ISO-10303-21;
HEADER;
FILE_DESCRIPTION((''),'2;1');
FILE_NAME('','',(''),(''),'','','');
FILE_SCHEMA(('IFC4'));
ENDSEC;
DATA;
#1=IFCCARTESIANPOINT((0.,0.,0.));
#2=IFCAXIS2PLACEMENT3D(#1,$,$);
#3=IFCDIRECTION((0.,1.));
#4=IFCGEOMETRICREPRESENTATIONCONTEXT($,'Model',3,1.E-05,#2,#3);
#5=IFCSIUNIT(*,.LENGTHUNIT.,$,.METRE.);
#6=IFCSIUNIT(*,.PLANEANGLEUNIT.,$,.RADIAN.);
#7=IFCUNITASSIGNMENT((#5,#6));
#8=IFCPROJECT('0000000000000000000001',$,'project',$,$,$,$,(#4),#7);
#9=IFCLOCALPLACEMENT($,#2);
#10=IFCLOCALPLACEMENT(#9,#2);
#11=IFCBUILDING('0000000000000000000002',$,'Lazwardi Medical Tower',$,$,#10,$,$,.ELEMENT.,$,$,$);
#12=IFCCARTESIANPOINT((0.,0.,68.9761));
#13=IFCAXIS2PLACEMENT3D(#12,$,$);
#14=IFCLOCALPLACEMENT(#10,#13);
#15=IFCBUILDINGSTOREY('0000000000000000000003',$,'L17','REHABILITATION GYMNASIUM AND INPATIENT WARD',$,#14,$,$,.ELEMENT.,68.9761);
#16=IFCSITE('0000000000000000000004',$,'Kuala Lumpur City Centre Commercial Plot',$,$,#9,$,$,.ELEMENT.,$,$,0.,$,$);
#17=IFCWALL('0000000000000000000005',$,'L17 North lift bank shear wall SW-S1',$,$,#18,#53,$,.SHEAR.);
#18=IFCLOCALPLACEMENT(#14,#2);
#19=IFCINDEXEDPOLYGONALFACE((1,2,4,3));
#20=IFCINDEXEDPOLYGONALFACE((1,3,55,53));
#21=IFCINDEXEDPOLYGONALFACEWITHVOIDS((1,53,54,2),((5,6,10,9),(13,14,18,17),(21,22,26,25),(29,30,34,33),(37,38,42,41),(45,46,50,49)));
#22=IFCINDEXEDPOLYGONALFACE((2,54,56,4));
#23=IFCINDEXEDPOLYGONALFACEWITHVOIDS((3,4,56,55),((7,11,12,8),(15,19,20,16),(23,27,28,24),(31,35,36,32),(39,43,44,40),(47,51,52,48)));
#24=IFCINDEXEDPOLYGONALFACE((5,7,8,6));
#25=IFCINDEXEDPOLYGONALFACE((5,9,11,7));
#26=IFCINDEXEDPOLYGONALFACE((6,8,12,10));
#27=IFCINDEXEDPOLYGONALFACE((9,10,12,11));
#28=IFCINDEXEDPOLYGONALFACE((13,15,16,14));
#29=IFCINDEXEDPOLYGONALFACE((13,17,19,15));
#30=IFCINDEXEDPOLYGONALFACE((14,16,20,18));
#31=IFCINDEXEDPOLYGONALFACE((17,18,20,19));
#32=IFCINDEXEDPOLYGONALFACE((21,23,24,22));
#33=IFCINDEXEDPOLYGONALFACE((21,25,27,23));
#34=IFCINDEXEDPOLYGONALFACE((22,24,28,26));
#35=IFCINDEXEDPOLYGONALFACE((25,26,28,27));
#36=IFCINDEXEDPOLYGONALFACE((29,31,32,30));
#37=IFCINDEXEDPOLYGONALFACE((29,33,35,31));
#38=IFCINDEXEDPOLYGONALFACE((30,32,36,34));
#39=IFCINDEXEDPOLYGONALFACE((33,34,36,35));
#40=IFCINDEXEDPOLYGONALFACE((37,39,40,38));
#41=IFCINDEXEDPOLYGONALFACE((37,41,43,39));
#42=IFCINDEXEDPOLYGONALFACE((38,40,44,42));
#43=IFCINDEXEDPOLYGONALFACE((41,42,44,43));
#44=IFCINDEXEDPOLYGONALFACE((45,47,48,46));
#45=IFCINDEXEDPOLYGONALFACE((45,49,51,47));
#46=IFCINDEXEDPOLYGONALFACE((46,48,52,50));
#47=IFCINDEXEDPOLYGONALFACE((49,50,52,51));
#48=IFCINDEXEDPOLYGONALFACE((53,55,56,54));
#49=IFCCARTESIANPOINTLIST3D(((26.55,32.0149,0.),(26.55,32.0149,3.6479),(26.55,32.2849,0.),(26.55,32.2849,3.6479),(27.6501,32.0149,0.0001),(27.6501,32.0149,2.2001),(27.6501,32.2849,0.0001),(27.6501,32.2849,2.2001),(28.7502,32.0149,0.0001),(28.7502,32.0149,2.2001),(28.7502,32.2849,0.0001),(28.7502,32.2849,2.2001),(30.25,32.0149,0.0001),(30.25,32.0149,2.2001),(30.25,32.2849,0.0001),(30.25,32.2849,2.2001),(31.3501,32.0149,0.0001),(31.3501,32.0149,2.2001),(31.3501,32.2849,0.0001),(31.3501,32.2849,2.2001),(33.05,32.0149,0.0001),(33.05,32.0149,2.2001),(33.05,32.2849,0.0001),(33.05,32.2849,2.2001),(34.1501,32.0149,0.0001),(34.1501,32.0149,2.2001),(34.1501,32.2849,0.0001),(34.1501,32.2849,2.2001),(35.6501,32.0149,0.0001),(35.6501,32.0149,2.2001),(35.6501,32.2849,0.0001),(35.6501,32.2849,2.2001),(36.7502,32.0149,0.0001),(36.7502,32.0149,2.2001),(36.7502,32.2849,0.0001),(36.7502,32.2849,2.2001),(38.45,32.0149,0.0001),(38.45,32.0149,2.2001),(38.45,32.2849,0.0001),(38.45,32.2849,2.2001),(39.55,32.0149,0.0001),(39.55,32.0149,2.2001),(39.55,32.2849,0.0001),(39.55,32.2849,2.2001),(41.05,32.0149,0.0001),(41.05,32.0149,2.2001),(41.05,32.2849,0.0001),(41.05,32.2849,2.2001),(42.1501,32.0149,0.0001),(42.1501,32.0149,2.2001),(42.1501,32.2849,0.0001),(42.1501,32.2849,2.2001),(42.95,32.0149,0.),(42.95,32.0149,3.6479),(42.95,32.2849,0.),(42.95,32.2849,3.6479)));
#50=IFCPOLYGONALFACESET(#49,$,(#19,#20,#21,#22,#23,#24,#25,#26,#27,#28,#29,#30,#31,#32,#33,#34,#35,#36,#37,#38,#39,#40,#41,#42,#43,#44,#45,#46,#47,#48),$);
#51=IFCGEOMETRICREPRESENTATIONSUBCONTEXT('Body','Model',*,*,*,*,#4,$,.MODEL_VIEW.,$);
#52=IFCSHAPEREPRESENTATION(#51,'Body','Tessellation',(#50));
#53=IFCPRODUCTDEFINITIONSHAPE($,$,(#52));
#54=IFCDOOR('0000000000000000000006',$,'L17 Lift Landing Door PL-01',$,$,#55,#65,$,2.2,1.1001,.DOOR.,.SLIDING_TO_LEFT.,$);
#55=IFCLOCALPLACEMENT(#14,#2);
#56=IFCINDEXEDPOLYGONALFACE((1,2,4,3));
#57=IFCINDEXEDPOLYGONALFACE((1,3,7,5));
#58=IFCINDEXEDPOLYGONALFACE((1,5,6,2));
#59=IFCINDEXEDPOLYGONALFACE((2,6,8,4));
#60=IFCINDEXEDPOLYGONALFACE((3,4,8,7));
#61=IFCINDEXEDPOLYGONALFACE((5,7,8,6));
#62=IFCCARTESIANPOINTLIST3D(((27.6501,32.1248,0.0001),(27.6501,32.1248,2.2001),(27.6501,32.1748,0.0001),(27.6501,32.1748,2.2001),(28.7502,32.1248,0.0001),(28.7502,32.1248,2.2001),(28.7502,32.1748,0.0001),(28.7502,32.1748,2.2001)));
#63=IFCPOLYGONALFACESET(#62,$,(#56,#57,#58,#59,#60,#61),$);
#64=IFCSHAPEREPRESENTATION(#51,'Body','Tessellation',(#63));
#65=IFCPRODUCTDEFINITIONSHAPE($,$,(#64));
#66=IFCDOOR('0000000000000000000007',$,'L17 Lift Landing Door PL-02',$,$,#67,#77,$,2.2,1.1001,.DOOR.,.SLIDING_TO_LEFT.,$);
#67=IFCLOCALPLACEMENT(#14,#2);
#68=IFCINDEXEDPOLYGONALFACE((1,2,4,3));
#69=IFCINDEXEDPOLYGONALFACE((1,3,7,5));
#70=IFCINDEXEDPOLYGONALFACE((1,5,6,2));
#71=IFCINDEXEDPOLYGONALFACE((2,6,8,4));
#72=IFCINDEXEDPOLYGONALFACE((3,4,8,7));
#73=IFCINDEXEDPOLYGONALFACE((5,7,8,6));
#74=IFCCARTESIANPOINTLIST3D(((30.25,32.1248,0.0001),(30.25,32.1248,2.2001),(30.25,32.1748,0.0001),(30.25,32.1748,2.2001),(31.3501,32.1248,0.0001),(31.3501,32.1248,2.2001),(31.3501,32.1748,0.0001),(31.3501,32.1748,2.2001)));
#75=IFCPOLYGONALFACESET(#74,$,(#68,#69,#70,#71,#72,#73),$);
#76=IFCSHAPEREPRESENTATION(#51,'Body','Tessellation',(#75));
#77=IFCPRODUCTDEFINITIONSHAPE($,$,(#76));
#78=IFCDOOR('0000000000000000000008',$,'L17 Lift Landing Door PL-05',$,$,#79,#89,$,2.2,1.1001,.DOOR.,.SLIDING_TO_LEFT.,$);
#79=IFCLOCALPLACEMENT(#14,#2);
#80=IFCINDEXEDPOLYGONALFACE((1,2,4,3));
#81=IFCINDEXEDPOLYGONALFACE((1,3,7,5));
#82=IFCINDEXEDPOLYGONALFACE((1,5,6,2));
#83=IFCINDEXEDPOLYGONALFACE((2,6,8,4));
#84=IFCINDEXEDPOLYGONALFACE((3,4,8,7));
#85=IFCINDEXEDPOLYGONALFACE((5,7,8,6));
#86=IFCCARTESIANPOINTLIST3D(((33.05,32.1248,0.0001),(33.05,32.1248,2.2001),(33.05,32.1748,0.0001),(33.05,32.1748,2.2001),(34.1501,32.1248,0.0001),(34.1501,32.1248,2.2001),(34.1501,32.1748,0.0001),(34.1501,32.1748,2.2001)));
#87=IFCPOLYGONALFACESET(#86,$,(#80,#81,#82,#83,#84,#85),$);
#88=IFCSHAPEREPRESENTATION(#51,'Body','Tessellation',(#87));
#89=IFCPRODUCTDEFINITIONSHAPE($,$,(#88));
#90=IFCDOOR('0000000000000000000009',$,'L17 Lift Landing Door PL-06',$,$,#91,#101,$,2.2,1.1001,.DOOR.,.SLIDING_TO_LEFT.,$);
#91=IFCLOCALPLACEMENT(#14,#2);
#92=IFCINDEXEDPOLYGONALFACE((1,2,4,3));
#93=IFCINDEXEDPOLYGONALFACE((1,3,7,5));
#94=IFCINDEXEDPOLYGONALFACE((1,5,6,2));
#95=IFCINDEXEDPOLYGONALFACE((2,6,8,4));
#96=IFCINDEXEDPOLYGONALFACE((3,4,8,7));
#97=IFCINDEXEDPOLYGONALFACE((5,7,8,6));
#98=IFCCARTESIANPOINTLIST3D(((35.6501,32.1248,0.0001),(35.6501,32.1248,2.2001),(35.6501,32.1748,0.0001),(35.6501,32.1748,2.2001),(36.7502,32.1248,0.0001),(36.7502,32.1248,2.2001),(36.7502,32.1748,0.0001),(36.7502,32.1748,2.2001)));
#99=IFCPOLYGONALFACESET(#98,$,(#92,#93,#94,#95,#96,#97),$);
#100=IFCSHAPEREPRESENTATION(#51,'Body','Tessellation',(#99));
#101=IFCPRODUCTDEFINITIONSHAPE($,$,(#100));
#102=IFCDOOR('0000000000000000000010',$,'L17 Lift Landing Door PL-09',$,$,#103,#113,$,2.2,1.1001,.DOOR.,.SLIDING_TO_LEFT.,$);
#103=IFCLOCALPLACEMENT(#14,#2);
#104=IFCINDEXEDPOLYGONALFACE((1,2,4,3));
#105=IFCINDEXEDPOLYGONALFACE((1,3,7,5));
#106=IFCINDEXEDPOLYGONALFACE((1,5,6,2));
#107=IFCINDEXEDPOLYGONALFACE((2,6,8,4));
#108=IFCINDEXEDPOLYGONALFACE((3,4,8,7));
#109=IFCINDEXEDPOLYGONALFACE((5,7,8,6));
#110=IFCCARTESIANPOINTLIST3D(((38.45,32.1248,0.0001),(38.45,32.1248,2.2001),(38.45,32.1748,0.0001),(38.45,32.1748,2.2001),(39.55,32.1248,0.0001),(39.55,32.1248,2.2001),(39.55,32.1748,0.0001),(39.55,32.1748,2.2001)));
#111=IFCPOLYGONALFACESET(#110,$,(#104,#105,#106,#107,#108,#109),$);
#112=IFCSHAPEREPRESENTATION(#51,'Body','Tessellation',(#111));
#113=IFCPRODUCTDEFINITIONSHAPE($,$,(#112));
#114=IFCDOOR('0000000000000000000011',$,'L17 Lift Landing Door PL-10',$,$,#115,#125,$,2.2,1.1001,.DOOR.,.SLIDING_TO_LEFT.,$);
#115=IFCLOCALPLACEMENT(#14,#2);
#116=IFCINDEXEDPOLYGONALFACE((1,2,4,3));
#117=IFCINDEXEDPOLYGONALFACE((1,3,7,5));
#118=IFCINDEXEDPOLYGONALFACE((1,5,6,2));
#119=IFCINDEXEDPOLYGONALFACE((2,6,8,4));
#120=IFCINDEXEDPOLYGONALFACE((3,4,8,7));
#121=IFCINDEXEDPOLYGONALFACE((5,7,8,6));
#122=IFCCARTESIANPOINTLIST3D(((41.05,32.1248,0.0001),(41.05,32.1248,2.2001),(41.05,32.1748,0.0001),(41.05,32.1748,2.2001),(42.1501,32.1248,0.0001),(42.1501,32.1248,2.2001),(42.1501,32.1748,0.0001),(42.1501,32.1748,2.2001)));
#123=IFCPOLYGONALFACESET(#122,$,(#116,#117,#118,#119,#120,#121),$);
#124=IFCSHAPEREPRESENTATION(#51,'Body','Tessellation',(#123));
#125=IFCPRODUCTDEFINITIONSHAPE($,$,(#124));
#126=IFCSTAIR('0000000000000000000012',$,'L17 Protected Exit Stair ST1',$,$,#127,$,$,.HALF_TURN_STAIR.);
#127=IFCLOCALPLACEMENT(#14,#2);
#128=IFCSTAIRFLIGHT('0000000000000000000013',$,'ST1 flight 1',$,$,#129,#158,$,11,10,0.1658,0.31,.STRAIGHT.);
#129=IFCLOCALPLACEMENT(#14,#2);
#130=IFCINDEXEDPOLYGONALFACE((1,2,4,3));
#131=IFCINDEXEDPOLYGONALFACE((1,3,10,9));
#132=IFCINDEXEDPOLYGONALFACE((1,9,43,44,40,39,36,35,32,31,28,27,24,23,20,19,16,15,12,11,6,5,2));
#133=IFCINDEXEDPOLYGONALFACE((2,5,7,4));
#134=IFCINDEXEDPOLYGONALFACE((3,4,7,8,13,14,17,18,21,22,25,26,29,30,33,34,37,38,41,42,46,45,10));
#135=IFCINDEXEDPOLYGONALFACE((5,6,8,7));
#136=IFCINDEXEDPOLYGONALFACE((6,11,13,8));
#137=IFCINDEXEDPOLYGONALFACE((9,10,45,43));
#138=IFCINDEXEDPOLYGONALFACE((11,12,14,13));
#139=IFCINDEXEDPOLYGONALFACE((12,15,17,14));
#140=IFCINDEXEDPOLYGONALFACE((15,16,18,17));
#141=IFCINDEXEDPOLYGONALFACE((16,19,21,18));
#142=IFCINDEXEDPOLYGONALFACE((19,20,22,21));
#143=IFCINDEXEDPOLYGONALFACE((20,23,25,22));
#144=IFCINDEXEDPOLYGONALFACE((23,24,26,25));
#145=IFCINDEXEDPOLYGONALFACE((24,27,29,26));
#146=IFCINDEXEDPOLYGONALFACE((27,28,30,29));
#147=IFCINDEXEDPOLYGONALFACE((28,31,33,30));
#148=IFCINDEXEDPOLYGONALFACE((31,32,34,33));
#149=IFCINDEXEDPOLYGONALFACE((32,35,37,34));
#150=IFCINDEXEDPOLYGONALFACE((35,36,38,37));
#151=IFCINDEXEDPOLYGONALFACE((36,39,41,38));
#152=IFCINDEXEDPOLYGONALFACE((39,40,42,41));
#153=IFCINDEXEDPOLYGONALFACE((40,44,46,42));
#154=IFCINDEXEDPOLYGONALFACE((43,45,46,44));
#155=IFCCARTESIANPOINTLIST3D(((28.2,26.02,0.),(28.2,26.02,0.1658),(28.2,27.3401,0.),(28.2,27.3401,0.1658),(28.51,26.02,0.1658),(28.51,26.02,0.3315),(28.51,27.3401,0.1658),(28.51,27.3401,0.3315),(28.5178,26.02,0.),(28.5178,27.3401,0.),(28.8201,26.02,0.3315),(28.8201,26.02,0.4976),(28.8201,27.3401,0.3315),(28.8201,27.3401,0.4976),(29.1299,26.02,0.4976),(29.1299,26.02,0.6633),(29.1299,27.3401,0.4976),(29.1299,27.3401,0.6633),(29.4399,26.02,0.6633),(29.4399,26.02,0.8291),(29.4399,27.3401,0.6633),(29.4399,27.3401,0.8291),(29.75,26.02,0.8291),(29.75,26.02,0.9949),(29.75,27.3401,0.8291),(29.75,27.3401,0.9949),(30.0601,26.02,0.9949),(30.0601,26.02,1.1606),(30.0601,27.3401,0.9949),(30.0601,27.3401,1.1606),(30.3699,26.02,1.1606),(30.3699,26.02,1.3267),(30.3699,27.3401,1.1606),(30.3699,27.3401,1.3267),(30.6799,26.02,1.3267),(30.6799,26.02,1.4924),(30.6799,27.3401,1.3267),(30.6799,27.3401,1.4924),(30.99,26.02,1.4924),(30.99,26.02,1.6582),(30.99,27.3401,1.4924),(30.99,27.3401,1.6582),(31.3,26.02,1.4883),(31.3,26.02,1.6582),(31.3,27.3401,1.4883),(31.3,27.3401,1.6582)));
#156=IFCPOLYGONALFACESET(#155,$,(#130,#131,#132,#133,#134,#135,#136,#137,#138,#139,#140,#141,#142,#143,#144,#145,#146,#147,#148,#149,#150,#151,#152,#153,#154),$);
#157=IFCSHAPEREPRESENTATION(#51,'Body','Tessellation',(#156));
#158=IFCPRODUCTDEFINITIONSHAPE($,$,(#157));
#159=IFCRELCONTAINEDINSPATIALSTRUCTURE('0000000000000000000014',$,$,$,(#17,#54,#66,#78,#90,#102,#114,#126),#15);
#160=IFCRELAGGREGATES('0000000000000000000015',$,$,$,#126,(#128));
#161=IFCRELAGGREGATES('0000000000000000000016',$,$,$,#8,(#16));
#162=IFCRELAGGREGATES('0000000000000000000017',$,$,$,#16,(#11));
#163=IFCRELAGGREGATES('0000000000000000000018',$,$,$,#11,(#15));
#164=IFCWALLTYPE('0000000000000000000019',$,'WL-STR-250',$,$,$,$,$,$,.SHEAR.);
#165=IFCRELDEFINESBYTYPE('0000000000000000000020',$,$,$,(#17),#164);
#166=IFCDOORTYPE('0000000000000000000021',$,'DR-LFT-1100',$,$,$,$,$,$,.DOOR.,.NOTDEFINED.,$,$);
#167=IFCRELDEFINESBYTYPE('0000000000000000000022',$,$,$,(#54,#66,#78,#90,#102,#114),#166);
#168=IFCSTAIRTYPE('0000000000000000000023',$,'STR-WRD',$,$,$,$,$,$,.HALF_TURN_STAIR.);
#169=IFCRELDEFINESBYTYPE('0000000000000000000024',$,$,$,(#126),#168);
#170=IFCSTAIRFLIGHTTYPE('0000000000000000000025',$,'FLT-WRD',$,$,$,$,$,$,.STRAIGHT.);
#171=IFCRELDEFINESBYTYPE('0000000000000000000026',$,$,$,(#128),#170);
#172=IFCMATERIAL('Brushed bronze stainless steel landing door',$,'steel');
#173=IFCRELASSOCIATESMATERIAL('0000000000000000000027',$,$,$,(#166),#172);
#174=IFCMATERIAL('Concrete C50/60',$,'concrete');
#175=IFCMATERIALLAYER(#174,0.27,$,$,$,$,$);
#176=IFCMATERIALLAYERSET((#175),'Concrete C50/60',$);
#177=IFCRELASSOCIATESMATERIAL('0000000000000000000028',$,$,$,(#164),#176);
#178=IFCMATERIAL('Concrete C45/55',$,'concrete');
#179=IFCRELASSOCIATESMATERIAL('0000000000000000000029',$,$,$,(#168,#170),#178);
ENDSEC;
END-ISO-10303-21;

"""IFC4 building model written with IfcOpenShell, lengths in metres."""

from ifc_helpers import new_model, si_unit, direction, frame, frame_2d, origin, place, context, subcontext, project, spatial, polyline, rectangle, outline, extrude, material, layer, layer_set, type_object, element, fill, aggregate, save


model = new_model("IFC4")

# Units and contexts
model_context = context("Model", 3, precision=1e-05, world=origin(), true_north=direction((0.0, 1.0)))
body_context = subcontext(model_context, "Body", "Model", "MODEL_VIEW")
ifc_project = project(units=[si_unit("LENGTHUNIT", "METRE"), si_unit("PLANEANGLEUNIT", "RADIAN")], contexts=[model_context])

# Site, building, storey
site_placement = place(None, origin())
site = spatial("IfcSite", under=ifc_project, at=site_placement, Name="Kuala Lumpur City Centre Commercial Plot", CompositionType="ELEMENT", RefElevation=0.0)
building_placement = place(site_placement, origin())
building = spatial("IfcBuilding", under=site, at=building_placement, Name="Lazwardi Medical Tower", CompositionType="ELEMENT")
storey_placement = place(building_placement, frame((0.0, 0.0, 68.9761)))
storey = spatial("IfcBuildingStorey", under=building, at=storey_placement, Name="L17", Description="REHABILITATION GYMNASIUM AND INPATIENT WARD", CompositionType="ELEMENT", Elevation=68.9761)

# Shared definitions
ifc_material_1 = material(Name="Brushed bronze stainless steel landing door", Category="steel")
door_type_1 = type_object("IfcDoorType", Name="DR-LFT-1100", OperationType="NOTDEFINED", PredefinedType="DOOR", material=ifc_material_1)

# Shared definitions
ifc_material_2 = material(Name="Concrete C50/60", Category="concrete")
ifc_layer_1 = layer(ifc_material_2, 0.27)
ifc_layer_set_1 = layer_set([ifc_layer_1], Name="Concrete C50/60")
wall_type_1 = type_object("IfcWallType", Name="WL-STR-250", PredefinedType="SHEAR", material=ifc_layer_set_1)

# Wall, openings, doors
wall_1_placement = place(storey_placement, frame((26.55, 32.1499, 0.0), z_axis=(0.0, 0.0, 1.0), x_axis=(1.0, 0.0, 0.0)))
wall_1 = element("IfcWall", 1, at=wall_1_placement, inside=storey, type_object=wall_type_1, Name="L17 North lift bank shear wall SW-S1", PredefinedType="SHEAR", context=body_context, shape_type="SweptSolid", body=[
    extrude(rectangle(XDim=16.3999, YDim=0.27, at=frame_2d((8.2, 0.0))), origin(), (0.0, 0.0, 1.0), 3.6479),
])
opening_1_placement = place(wall_1_placement, frame((1.1001, 0.0, 0.0)))
opening_1 = element("IfcOpeningElement", 2, at=opening_1_placement, cuts=wall_1, PredefinedType="OPENING", context=body_context, shape_type="SweptSolid", body=[
    extrude(rectangle(XDim=1.1001, YDim=2.2, at=frame_2d((0.55, 1.1001))), frame((0.0, 0.145, 0.0), z_axis=(0.0, -1.0, 0.0), x_axis=(1.0, 0.0, 0.0)), (0.0, 0.0, 1.0), 0.29),
])
opening_2_placement = place(wall_1_placement, frame((3.7, 0.0, 0.0)))
opening_2 = element("IfcOpeningElement", 3, at=opening_2_placement, cuts=wall_1, PredefinedType="OPENING", context=body_context, shape_type="SweptSolid", body=[
    extrude(rectangle(XDim=1.1001, YDim=2.2, at=frame_2d((0.55, 1.1001))), frame((0.0, 0.145, 0.0), z_axis=(0.0, -1.0, 0.0), x_axis=(1.0, 0.0, 0.0)), (0.0, 0.0, 1.0), 0.29),
])
opening_3_placement = place(wall_1_placement, frame((6.5, 0.0, 0.0)))
opening_3 = element("IfcOpeningElement", 4, at=opening_3_placement, cuts=wall_1, PredefinedType="OPENING", context=body_context, shape_type="SweptSolid", body=[
    extrude(rectangle(XDim=1.1001, YDim=2.2, at=frame_2d((0.55, 1.1001))), frame((0.0, 0.145, 0.0), z_axis=(0.0, -1.0, 0.0), x_axis=(1.0, 0.0, 0.0)), (0.0, 0.0, 1.0), 0.29),
])
opening_4_placement = place(wall_1_placement, frame((9.1001, 0.0, 0.0)))
opening_4 = element("IfcOpeningElement", 5, at=opening_4_placement, cuts=wall_1, PredefinedType="OPENING", context=body_context, shape_type="SweptSolid", body=[
    extrude(rectangle(XDim=1.1001, YDim=2.2, at=frame_2d((0.55, 1.1001))), frame((0.0, 0.145, 0.0), z_axis=(0.0, -1.0, 0.0), x_axis=(1.0, 0.0, 0.0)), (0.0, 0.0, 1.0), 0.29),
])
opening_5_placement = place(wall_1_placement, frame((11.8999, 0.0, 0.0)))
opening_5 = element("IfcOpeningElement", 6, at=opening_5_placement, cuts=wall_1, PredefinedType="OPENING", context=body_context, shape_type="SweptSolid", body=[
    extrude(rectangle(XDim=1.1001, YDim=2.2, at=frame_2d((0.55, 1.1001))), frame((0.0, 0.145, 0.0), z_axis=(0.0, -1.0, 0.0), x_axis=(1.0, 0.0, 0.0)), (0.0, 0.0, 1.0), 0.29),
])
opening_6_placement = place(wall_1_placement, frame((14.5, 0.0, 0.0)))
opening_6 = element("IfcOpeningElement", 7, at=opening_6_placement, cuts=wall_1, PredefinedType="OPENING", context=body_context, shape_type="SweptSolid", body=[
    extrude(rectangle(XDim=1.1001, YDim=2.2, at=frame_2d((0.55, 1.1001))), frame((0.0, 0.145, 0.0), z_axis=(0.0, -1.0, 0.0), x_axis=(1.0, 0.0, 0.0)), (0.0, 0.0, 1.0), 0.29),
])
door_1_placement = place(opening_1_placement, origin())
door_1 = element("IfcDoor", 8, at=door_1_placement, inside=storey, type_object=door_type_1, Name="L17 Lift Landing Door PL-01", OperationType="SLIDING_TO_LEFT", OverallHeight=2.2, OverallWidth=1.1001, PredefinedType="DOOR", context=body_context, shape_type="SweptSolid", body=[
    extrude(rectangle(XDim=1.1001, YDim=2.2, at=frame_2d((0.55, 1.1001))), frame((0.0, 0.0249, 0.0), z_axis=(0.0, -1.0, 0.0), x_axis=(1.0, 0.0, 0.0)), (0.0, 0.0, 1.0), 0.05),
])
fill(opening_1, door_1)
door_2_placement = place(opening_2_placement, origin())
door_2 = element("IfcDoor", 9, at=door_2_placement, inside=storey, type_object=door_type_1, Name="L17 Lift Landing Door PL-02", OperationType="SLIDING_TO_LEFT", OverallHeight=2.2, OverallWidth=1.1001, PredefinedType="DOOR", context=body_context, shape_type="SweptSolid", body=[
    extrude(rectangle(XDim=1.1001, YDim=2.2, at=frame_2d((0.55, 1.1001))), frame((0.0, 0.0249, 0.0), z_axis=(0.0, -1.0, 0.0), x_axis=(1.0, 0.0, 0.0)), (0.0, 0.0, 1.0), 0.05),
])
fill(opening_2, door_2)
door_3_placement = place(opening_3_placement, origin())
door_3 = element("IfcDoor", 10, at=door_3_placement, inside=storey, type_object=door_type_1, Name="L17 Lift Landing Door PL-05", OperationType="SLIDING_TO_LEFT", OverallHeight=2.2, OverallWidth=1.1001, PredefinedType="DOOR", context=body_context, shape_type="SweptSolid", body=[
    extrude(rectangle(XDim=1.1001, YDim=2.2, at=frame_2d((0.55, 1.1001))), frame((0.0, 0.0249, 0.0), z_axis=(0.0, -1.0, 0.0), x_axis=(1.0, 0.0, 0.0)), (0.0, 0.0, 1.0), 0.05),
])
fill(opening_3, door_3)
door_4_placement = place(opening_4_placement, origin())
door_4 = element("IfcDoor", 11, at=door_4_placement, inside=storey, type_object=door_type_1, Name="L17 Lift Landing Door PL-06", OperationType="SLIDING_TO_LEFT", OverallHeight=2.2, OverallWidth=1.1001, PredefinedType="DOOR", context=body_context, shape_type="SweptSolid", body=[
    extrude(rectangle(XDim=1.1001, YDim=2.2, at=frame_2d((0.55, 1.1001))), frame((0.0, 0.0249, 0.0), z_axis=(0.0, -1.0, 0.0), x_axis=(1.0, 0.0, 0.0)), (0.0, 0.0, 1.0), 0.05),
])
fill(opening_4, door_4)
door_5_placement = place(opening_5_placement, origin())
door_5 = element("IfcDoor", 12, at=door_5_placement, inside=storey, type_object=door_type_1, Name="L17 Lift Landing Door PL-09", OperationType="SLIDING_TO_LEFT", OverallHeight=2.2, OverallWidth=1.1001, PredefinedType="DOOR", context=body_context, shape_type="SweptSolid", body=[
    extrude(rectangle(XDim=1.1001, YDim=2.2, at=frame_2d((0.55, 1.1001))), frame((0.0, 0.0249, 0.0), z_axis=(0.0, -1.0, 0.0), x_axis=(1.0, 0.0, 0.0)), (0.0, 0.0, 1.0), 0.05),
])
fill(opening_5, door_5)
door_6_placement = place(opening_6_placement, origin())
door_6 = element("IfcDoor", 13, at=door_6_placement, inside=storey, type_object=door_type_1, Name="L17 Lift Landing Door PL-10", OperationType="SLIDING_TO_LEFT", OverallHeight=2.2, OverallWidth=1.1001, PredefinedType="DOOR", context=body_context, shape_type="SweptSolid", body=[
    extrude(rectangle(XDim=1.1001, YDim=2.2, at=frame_2d((0.55, 1.1001))), frame((0.0, 0.0249, 0.0), z_axis=(0.0, -1.0, 0.0), x_axis=(1.0, 0.0, 0.0)), (0.0, 0.0, 1.0), 0.05),
])
fill(opening_6, door_6)

# Stair, stair flight
ifc_material_3 = material(Name="Concrete C45/55", Category="concrete")
stair_type = type_object("IfcStairType", Name="STR-WRD", PredefinedType="HALF_TURN_STAIR", material=ifc_material_3)
stair_placement = place(storey_placement, origin())
stair = element("IfcStair", 14, at=stair_placement, inside=storey, type_object=stair_type, Name="L17 Protected Exit Stair ST1", PredefinedType="HALF_TURN_STAIR")
stair_flight_type = type_object("IfcStairFlightType", Name="FLT-WRD", PredefinedType="STRAIGHT", material=ifc_material_3)
stair_flight_placement = place(storey_placement, frame((28.2, 26.6799, 0.0), z_axis=(0.0, 0.0, 1.0), x_axis=(1.0, 0.0, 0.0)))
stair_flight = element("IfcStairFlight", 15, at=stair_flight_placement, type_object=stair_flight_type, Name="ST1 flight 1", NumberOfRisers=11, NumberOfTreads=10, PredefinedType="STRAIGHT", RiserHeight=0.1658, TreadLength=0.31, context=body_context, shape_type="SweptSolid", body=[
    extrude(outline(polyline([(0.0, 0.0), (0.0, 0.1658), (0.3101, 0.1658), (0.3101, 0.3315), (0.6201, 0.3315), (0.6201, 0.4976), (0.9299, 0.4976), (0.9299, 0.6633), (1.24, 0.6633), (1.24, 0.8291), (1.55, 0.8291), (1.55, 0.9949), (1.8601, 0.9949), (1.8601, 1.1606), (2.1699, 1.1606), (2.1699, 1.3267), (2.48, 1.3267), (2.48, 1.4924), (2.79, 1.4924), (2.79, 1.6582), (3.1001, 1.6582), (3.1001, 1.824), (3.1001, 1.4883), (0.3179, 0.0), (0.0, 0.0)])), frame((0.0, 0.6602, 0.0), z_axis=(0.0, -1.0, 0.0), x_axis=(1.0, 0.0, 0.0)), (0.0, 0.0, 1.0), 1.3201),
])
aggregate(stair, [stair_flight])

save(model, "model.ifc")
